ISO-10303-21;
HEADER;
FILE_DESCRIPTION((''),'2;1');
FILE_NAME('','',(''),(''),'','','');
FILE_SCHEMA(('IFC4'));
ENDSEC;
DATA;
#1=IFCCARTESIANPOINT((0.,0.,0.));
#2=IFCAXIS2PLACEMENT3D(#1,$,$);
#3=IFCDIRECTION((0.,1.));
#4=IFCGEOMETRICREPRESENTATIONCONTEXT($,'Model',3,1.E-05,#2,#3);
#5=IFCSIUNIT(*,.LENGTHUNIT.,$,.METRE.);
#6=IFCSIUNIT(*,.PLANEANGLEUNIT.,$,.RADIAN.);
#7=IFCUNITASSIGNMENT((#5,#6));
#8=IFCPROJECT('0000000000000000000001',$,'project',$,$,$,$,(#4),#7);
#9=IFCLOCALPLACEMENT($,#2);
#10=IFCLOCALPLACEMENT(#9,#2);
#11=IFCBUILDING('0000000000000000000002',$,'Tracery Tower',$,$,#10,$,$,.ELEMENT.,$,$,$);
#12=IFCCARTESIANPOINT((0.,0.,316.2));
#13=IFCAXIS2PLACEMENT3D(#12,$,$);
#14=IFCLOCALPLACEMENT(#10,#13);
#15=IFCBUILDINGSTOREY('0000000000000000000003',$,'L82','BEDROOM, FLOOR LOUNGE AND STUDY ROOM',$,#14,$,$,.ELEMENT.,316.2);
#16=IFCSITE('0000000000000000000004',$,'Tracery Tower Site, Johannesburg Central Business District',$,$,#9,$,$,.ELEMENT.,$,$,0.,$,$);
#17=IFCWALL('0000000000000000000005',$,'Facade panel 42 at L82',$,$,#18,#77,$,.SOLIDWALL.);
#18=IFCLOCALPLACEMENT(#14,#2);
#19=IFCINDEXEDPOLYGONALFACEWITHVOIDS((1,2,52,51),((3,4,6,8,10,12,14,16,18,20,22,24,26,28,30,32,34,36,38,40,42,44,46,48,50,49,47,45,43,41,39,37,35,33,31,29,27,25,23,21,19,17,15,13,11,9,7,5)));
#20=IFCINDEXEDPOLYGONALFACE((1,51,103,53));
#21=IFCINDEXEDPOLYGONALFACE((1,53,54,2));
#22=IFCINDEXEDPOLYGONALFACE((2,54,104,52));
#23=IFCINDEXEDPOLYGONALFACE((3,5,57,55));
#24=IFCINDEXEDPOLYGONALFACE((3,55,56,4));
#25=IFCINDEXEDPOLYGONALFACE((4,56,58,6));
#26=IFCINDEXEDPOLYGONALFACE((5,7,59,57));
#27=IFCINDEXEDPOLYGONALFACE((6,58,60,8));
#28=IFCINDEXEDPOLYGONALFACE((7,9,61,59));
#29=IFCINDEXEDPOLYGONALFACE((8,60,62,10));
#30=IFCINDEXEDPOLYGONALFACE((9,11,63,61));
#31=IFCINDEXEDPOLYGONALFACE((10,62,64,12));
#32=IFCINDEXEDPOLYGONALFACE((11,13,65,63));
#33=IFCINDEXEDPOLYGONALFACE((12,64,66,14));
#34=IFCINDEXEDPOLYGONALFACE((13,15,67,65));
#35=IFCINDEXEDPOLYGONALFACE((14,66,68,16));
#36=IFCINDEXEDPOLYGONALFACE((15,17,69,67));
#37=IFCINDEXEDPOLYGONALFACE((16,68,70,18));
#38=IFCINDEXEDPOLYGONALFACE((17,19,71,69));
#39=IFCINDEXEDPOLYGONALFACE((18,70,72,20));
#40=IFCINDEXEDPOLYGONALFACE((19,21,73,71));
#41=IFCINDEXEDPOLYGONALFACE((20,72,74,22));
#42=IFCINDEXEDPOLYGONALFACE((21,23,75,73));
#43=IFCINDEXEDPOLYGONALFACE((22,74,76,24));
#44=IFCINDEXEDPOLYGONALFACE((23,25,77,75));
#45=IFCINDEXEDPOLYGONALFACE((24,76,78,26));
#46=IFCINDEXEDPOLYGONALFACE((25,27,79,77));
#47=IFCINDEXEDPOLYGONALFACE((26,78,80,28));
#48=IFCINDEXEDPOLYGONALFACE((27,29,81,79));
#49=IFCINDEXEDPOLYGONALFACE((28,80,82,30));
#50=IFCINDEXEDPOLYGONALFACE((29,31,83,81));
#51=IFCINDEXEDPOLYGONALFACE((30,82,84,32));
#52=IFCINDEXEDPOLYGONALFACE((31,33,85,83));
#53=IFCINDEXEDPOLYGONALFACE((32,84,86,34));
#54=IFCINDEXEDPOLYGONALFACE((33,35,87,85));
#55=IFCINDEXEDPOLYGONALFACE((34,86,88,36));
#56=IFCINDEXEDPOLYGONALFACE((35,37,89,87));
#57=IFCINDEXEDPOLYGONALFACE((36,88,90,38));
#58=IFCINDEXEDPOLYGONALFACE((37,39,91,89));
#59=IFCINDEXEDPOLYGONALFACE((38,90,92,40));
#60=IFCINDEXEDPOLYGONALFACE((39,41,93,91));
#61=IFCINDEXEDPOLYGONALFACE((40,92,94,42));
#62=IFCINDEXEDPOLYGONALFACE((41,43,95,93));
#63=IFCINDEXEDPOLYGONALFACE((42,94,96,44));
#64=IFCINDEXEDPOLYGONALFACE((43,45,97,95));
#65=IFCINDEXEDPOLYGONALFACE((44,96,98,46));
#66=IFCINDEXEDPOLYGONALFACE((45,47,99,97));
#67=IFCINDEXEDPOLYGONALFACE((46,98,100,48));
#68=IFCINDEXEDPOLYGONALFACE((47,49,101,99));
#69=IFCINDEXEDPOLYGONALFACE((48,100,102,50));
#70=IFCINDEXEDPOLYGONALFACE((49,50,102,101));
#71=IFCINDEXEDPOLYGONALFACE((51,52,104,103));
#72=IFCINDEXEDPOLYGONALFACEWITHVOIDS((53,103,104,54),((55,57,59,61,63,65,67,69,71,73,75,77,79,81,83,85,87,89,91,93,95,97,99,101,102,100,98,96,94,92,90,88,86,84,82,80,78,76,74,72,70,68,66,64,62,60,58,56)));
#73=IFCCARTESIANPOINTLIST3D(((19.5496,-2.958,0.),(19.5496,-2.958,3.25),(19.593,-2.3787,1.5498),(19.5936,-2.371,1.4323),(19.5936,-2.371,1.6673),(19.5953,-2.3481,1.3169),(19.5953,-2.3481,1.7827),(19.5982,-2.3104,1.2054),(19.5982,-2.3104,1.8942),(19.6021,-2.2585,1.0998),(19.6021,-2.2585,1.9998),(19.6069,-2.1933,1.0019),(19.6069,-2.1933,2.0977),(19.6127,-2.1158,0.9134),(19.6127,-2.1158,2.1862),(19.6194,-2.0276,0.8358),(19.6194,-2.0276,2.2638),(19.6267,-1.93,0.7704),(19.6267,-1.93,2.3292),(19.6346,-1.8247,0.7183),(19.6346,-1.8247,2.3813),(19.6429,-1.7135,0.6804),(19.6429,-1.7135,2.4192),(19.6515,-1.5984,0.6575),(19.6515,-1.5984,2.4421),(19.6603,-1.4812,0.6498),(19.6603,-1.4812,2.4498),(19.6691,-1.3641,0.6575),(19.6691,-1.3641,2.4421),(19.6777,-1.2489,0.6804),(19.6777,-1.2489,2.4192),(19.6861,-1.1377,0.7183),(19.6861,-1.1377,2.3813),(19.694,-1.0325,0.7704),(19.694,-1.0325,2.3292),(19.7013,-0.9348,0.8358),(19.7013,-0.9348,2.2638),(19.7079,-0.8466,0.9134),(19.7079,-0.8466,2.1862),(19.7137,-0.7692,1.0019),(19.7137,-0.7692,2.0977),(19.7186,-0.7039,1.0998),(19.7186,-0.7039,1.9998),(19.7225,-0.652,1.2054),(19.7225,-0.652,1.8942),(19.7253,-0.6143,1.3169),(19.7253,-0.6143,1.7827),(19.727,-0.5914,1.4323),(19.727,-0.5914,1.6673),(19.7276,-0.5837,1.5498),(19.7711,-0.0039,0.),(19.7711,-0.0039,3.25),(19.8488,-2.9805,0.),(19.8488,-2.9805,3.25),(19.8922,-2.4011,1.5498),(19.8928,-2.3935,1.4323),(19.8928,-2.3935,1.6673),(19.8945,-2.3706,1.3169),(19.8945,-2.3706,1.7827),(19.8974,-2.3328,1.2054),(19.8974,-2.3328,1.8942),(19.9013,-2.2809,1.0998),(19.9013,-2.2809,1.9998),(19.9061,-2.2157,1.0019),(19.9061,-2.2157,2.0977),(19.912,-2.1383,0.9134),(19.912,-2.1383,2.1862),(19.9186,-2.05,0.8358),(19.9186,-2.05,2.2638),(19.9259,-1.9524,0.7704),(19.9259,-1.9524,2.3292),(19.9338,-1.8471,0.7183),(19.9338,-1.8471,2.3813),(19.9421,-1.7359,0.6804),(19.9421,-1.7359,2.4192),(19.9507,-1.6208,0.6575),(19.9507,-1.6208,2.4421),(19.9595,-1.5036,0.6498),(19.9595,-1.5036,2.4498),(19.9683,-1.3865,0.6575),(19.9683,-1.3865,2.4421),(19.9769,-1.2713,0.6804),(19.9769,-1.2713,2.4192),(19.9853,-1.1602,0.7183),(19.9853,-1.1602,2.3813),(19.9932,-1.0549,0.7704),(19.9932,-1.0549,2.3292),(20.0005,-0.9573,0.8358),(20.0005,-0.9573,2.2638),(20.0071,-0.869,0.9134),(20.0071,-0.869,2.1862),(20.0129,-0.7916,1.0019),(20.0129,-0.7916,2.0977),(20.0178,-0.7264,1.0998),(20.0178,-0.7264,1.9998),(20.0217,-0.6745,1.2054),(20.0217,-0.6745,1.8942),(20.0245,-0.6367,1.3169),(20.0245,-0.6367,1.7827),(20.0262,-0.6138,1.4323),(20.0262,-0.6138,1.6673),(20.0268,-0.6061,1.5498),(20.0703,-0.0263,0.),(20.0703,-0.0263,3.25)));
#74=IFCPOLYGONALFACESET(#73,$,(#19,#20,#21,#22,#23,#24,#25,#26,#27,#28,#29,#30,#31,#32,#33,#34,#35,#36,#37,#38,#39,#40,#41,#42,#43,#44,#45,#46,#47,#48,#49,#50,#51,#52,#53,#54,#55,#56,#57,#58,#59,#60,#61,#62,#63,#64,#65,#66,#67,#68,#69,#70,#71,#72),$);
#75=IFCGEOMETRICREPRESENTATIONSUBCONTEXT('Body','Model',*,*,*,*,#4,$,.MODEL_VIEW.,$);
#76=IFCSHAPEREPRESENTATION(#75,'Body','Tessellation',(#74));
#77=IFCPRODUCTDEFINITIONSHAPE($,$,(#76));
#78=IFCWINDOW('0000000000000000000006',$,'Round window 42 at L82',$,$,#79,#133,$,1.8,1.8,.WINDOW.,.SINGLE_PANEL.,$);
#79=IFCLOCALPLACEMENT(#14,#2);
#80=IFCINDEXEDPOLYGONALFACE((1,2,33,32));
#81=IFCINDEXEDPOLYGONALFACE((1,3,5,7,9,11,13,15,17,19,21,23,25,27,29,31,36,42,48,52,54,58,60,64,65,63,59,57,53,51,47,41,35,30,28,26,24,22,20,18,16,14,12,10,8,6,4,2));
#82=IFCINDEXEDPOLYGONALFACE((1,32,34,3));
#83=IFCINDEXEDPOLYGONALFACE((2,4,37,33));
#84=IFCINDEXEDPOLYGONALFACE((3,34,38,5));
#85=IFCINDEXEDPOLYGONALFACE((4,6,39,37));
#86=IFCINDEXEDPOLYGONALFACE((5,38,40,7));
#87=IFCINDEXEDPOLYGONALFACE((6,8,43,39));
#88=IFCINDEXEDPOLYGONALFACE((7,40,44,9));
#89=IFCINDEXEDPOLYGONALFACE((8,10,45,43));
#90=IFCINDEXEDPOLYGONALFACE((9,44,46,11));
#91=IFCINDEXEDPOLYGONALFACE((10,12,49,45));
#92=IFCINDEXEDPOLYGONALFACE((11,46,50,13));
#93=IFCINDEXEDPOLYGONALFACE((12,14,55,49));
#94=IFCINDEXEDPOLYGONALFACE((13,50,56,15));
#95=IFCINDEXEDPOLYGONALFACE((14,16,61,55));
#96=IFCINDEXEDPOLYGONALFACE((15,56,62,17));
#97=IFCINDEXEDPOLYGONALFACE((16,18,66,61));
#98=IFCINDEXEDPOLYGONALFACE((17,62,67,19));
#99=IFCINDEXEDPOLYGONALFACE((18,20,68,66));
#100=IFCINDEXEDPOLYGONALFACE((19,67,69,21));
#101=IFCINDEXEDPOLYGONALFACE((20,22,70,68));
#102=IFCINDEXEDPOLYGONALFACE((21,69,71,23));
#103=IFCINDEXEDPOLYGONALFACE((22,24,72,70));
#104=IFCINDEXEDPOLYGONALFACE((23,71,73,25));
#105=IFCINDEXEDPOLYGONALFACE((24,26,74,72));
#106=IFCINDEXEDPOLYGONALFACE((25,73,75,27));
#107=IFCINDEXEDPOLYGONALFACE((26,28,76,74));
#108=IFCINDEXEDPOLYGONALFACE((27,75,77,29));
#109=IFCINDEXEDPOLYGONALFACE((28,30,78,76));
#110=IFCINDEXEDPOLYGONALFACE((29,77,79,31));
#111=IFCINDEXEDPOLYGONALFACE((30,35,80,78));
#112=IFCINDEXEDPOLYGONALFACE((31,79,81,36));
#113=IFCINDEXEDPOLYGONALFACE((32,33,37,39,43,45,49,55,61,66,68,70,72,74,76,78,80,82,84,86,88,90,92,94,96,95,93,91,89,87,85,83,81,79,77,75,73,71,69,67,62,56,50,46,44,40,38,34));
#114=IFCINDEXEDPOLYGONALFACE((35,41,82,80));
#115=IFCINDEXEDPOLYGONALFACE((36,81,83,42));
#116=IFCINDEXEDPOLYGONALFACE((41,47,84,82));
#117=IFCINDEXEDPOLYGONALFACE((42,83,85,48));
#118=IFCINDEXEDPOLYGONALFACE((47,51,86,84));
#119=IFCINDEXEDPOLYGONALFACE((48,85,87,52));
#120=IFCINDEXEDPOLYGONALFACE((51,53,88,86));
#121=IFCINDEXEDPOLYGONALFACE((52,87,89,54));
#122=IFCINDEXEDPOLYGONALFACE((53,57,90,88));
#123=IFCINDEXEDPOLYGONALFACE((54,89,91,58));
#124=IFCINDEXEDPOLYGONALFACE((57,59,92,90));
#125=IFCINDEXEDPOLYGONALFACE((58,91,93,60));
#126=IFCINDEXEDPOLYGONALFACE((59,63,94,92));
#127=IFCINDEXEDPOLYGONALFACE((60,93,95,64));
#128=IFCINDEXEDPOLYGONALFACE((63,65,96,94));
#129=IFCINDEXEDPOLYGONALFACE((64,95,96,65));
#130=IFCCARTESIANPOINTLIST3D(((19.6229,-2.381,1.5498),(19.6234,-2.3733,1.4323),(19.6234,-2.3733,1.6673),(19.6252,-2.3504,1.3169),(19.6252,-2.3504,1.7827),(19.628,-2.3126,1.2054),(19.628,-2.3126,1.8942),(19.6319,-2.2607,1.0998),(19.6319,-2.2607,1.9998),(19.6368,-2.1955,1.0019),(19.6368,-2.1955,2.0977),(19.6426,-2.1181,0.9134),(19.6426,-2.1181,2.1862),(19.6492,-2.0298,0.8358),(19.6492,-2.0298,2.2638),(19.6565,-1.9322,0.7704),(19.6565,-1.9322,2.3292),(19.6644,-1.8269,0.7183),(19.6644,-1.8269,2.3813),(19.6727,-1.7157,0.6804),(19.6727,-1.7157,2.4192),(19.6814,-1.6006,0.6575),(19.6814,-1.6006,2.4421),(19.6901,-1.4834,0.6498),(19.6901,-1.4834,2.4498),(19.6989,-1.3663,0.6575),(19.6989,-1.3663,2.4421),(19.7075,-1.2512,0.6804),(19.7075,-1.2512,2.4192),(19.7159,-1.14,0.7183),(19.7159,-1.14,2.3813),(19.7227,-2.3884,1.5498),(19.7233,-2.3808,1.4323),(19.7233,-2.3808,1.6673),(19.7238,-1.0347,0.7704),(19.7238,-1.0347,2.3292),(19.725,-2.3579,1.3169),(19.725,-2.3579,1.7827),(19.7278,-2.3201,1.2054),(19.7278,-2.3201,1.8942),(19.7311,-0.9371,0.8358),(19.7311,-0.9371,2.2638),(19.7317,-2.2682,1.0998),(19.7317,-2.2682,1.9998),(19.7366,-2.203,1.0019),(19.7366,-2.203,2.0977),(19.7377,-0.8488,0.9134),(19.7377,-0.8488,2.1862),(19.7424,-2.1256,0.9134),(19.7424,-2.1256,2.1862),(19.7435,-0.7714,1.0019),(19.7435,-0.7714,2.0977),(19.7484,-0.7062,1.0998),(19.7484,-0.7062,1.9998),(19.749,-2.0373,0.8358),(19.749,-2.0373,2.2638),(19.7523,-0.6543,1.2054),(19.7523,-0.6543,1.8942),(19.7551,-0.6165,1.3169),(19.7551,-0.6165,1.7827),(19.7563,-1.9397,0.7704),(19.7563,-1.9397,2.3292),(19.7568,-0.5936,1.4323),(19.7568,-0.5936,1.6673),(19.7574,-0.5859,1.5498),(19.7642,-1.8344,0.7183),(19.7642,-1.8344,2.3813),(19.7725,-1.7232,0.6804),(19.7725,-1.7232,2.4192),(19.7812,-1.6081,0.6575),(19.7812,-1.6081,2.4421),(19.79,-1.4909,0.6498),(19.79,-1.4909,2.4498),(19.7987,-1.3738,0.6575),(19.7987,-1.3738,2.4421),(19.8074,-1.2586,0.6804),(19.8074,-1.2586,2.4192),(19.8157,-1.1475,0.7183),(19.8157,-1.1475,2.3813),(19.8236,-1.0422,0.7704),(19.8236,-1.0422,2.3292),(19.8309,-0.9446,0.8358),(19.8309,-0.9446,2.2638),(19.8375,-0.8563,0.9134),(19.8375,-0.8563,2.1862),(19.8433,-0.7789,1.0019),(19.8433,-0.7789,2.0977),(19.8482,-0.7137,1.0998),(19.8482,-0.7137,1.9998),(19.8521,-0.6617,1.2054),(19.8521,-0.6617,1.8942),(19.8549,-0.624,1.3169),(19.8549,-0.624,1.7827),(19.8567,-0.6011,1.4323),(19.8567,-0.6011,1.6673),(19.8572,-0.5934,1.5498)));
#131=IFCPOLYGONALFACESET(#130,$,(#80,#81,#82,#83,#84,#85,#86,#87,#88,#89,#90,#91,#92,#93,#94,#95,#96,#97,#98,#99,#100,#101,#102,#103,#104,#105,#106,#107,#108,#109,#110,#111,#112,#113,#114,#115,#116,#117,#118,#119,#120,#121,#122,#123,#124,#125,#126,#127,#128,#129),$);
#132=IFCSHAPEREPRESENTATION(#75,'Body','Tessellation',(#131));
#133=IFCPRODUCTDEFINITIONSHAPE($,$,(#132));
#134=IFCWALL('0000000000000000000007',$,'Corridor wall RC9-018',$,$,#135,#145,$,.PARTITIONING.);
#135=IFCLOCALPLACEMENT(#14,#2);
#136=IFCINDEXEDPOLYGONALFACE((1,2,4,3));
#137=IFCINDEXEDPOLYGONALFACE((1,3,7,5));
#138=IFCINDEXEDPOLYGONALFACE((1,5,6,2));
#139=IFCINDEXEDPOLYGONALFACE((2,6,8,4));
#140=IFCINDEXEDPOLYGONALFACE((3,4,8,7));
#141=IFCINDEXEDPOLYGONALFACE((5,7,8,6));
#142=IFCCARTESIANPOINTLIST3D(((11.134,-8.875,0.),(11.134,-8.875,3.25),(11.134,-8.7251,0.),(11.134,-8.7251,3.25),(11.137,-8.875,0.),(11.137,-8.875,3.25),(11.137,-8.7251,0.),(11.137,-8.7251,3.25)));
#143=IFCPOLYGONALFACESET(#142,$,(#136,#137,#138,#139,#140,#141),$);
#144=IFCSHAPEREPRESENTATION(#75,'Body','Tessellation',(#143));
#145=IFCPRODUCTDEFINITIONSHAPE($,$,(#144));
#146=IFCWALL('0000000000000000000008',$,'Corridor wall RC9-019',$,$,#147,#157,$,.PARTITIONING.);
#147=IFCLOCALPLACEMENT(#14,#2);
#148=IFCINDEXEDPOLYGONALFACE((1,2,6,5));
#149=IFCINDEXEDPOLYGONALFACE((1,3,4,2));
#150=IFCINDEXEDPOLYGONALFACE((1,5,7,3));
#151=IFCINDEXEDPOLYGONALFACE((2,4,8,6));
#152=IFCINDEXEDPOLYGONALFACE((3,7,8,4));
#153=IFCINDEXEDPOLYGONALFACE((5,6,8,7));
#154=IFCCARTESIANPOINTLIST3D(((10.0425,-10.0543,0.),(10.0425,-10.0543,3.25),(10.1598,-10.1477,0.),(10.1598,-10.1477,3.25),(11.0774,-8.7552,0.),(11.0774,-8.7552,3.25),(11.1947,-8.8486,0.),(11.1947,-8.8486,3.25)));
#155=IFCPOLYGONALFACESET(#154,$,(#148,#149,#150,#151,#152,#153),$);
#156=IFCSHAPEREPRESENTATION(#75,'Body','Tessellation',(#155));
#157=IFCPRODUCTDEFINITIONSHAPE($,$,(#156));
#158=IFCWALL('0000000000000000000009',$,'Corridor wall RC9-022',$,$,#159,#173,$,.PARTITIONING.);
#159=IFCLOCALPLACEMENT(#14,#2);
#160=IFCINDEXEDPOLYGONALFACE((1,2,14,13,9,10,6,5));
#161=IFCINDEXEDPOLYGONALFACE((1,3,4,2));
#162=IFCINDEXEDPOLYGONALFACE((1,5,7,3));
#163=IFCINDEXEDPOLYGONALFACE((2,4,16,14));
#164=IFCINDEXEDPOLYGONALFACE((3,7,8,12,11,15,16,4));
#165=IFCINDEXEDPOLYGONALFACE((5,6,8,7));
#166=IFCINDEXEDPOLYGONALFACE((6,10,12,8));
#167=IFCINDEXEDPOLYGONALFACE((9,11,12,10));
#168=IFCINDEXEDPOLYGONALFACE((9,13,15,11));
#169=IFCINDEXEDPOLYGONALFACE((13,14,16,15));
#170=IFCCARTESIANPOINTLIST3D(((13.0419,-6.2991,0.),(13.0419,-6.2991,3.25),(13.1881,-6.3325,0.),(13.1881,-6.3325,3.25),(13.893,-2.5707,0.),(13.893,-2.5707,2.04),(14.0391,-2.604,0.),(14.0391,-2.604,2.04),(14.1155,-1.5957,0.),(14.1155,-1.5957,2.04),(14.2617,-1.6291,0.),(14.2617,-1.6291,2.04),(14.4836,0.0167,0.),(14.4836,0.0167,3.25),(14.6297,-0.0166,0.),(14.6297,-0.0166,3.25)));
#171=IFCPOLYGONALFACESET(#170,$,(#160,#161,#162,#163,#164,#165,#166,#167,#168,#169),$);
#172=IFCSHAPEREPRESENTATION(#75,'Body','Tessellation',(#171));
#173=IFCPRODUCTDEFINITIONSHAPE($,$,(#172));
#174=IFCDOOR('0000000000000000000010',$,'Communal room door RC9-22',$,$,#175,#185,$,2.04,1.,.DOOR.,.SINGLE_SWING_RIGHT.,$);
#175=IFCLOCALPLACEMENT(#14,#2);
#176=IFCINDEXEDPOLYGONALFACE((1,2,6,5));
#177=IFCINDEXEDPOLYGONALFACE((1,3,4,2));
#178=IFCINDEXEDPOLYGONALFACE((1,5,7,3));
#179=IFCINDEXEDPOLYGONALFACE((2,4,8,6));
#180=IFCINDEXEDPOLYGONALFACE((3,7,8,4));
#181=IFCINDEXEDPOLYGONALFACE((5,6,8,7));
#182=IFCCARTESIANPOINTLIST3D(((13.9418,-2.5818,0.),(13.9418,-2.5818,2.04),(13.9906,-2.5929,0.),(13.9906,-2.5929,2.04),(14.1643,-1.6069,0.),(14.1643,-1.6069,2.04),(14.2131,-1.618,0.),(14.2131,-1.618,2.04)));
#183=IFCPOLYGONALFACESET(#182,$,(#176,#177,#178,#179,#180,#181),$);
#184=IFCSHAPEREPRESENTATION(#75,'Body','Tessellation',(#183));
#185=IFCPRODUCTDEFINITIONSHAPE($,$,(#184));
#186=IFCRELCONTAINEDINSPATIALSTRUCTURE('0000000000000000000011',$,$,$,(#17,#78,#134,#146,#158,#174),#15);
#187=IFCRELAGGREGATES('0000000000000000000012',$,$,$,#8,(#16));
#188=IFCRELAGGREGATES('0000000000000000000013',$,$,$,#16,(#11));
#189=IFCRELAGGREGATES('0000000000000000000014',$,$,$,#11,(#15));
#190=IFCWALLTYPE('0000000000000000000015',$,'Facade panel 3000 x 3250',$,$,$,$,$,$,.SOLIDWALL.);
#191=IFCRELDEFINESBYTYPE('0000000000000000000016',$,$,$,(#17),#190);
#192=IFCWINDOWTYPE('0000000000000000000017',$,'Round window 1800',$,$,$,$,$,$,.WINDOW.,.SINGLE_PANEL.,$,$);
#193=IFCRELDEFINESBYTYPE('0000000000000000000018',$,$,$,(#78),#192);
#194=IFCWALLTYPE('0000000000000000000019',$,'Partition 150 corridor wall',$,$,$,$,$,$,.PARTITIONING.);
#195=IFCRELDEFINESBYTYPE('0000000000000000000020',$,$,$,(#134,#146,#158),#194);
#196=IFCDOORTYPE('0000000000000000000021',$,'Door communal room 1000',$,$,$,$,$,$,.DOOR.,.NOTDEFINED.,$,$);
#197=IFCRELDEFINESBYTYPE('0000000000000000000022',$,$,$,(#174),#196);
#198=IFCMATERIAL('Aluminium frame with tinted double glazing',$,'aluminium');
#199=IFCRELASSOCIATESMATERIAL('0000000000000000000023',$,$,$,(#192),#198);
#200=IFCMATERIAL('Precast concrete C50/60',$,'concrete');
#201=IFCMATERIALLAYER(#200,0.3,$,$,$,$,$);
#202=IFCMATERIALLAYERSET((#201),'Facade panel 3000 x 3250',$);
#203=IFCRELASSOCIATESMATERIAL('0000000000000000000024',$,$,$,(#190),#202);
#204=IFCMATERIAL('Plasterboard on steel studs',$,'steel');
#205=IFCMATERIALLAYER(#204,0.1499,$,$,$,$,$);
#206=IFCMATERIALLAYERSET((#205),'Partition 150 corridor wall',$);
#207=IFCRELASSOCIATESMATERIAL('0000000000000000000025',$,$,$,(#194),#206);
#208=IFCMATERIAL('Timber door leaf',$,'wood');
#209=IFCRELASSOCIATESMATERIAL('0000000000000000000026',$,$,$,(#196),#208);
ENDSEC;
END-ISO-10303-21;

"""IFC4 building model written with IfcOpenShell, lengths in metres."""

from ifc_helpers import new_model, si_unit, direction, frame, frame_2d, origin, origin_2d, place, context, subcontext, project, spatial, rectangle, circle, extrude, material, layer, layer_set, type_object, element, fill, save


model = new_model("IFC4")

# Units and contexts
model_context = context("Model", 3, precision=1e-05, world=origin(), true_north=direction((0.0, 1.0)))
body_context = subcontext(model_context, "Body", "Model", "MODEL_VIEW")
ifc_project = project(units=[si_unit("LENGTHUNIT", "METRE"), si_unit("PLANEANGLEUNIT", "RADIAN")], contexts=[model_context])

# Site, building, storey
site_placement = place(None, origin())
site = spatial("IfcSite", under=ifc_project, at=site_placement, Name="Tracery Tower Site, Johannesburg Central Business District", CompositionType="ELEMENT", RefElevation=0.0)
building_placement = place(site_placement, origin())
building = spatial("IfcBuilding", under=site, at=building_placement, Name="Tracery Tower", CompositionType="ELEMENT")
storey_placement = place(building_placement, frame((0.0, 0.0, 316.2)))
storey = spatial("IfcBuildingStorey", under=building, at=storey_placement, Name="L82", Description="BEDROOM, FLOOR LOUNGE AND STUDY ROOM", CompositionType="ELEMENT", Elevation=316.2)

# Wall, opening, window
ifc_material_1 = material(Name="Aluminium frame with tinted double glazing", Category="aluminium")
window_type = type_object("IfcWindowType", Name="Round window 1800", PartitioningType="SINGLE_PANEL", PredefinedType="WINDOW", material=ifc_material_1)
ifc_material_2 = material(Name="Precast concrete C50/60", Category="concrete")
ifc_layer_1 = layer(ifc_material_2, 0.3)
ifc_layer_set_1 = layer_set([ifc_layer_1], Name="Facade panel 3000 x 3250")
wall_type_1 = type_object("IfcWallType", Name="Facade panel 3000 x 3250", PredefinedType="SOLIDWALL", material=ifc_layer_set_1)
wall_1_placement = place(storey_placement, frame((19.6992, -2.9692, 0.0), z_axis=(0.0, 0.0, 1.0), x_axis=(0.074749, 0.997202, 0.0)))
wall_1 = element("IfcWall", 1, at=wall_1_placement, inside=storey, type_object=wall_type_1, Name="Facade panel 42 at L82", PredefinedType="SOLIDWALL", context=body_context, shape_type="SweptSolid", body=[
    extrude(rectangle(XDim=2.9624, YDim=0.3, at=frame_2d((1.4812, 0.0))), origin(), (0.0, 0.0, 1.0), 3.25),
])
opening_1_placement = place(wall_1_placement, frame((1.481, 0.0, 1.5498)))
opening_1 = element("IfcOpeningElement", 2, at=opening_1_placement, cuts=wall_1, PredefinedType="OPENING", context=body_context, shape_type="SweptSolid", body=[
    extrude(circle(Radius=0.9, at=origin_2d()), frame((0.0, 0.1599, 0.0), z_axis=(0.0, -1.0, 0.0), x_axis=(1.0, 0.0, 0.0)), (0.0, 0.0, 1.0), 0.3201),
])
window_1_placement = place(opening_1_placement, origin())
window_1 = element("IfcWindow", 3, at=window_1_placement, inside=storey, type_object=window_type, Name="Round window 42 at L82", OverallHeight=1.8, OverallWidth=1.8, PartitioningType="SINGLE_PANEL", PredefinedType="WINDOW", context=body_context, shape_type="SweptSolid", body=[
    extrude(circle(Radius=0.9, at=origin_2d()), frame((0.0, 0.1201, 0.0), z_axis=(0.0, -1.0, 0.0), x_axis=(1.0, 0.0, 0.0)), (0.0, 0.0, 1.0), 0.1001),
])
fill(opening_1, window_1)

# Walls
ifc_material_3 = material(Name="Plasterboard on steel studs", Category="steel")
ifc_layer_2 = layer(ifc_material_3, 0.1499)
ifc_layer_set_2 = layer_set([ifc_layer_2], Name="Partition 150 corridor wall")
wall_type_2 = type_object("IfcWallType", Name="Partition 150 corridor wall", PredefinedType="PARTITIONING", material=ifc_layer_set_2)
wall_2_placement = place(storey_placement, frame((11.137, -8.8, 0.0), z_axis=(0.0, 0.0, 1.0), x_axis=(-1.0, 0.0, 0.0)))
element("IfcWall", 4, at=wall_2_placement, inside=storey, type_object=wall_type_2, Name="Corridor wall RC9-018", PredefinedType="PARTITIONING", context=body_context, shape_type="SweptSolid", body=[
    extrude(rectangle(XDim=0.0029, YDim=0.1499, at=frame_2d((0.0015, 0.0))), origin(), (0.0, 0.0, 1.0), 3.25),
])
wall_3_placement = place(storey_placement, frame((10.1011, -10.1011, 0.0), z_axis=(0.0, 0.0, 1.0), x_axis=(0.623098, 0.782143, 0.0)))
element("IfcWall", 5, at=wall_3_placement, inside=storey, type_object=wall_type_2, Name="Corridor wall RC9-019", PredefinedType="PARTITIONING", context=body_context, shape_type="SweptSolid", body=[
    extrude(rectangle(XDim=1.6609, YDim=0.1499, at=frame_2d((0.8306, 0.0))), origin(), (0.0, 0.0, 1.0), 3.25),
])

# Wall, opening, door
wall_4_placement = place(storey_placement, frame((13.115, -6.3159, 0.0), z_axis=(0.0, 0.0, 1.0), x_axis=(0.222533, 0.974925, 0.0)))
wall_4 = element("IfcWall", 6, at=wall_4_placement, inside=storey, type_object=wall_type_2, Name="Corridor wall RC9-022", PredefinedType="PARTITIONING", context=body_context, shape_type="SweptSolid", body=[
    extrude(rectangle(XDim=6.4783, YDim=0.1499, at=frame_2d((3.2393, 0.0))), origin(), (0.0, 0.0, 1.0), 3.25),
])
opening_2_placement = place(wall_4_placement, frame((3.8245, 0.0, 0.0)))
opening_2 = element("IfcOpeningElement", 7, at=opening_2_placement, cuts=wall_4, PredefinedType="OPENING", context=body_context, shape_type="SweptSolid", body=[
    extrude(rectangle(XDim=1.0, YDim=2.04, at=frame_2d((0.5, 1.02))), frame((0.0, 0.075, 0.0), z_axis=(0.0, -1.0, 0.0), x_axis=(1.0, 0.0, 0.0)), (0.0, 0.0, 1.0), 0.1499),
])
ifc_material_4 = material(Name="Timber door leaf", Category="wood")
door_type_1 = type_object("IfcDoorType", Name="Door communal room 1000", OperationType="NOTDEFINED", PredefinedType="DOOR", material=ifc_material_4)
door_1_placement = place(opening_2_placement, origin())
door_1 = element("IfcDoor", 8, at=door_1_placement, inside=storey, type_object=door_type_1, Name="Communal room door RC9-22", OperationType="SINGLE_SWING_RIGHT", OverallHeight=2.04, OverallWidth=1.0, PredefinedType="DOOR", context=body_context, shape_type="SweptSolid", body=[
    extrude(rectangle(XDim=1.0, YDim=2.04, at=frame_2d((0.5, 1.02))), frame((0.0, 0.0249, 0.0), z_axis=(0.0, -1.0, 0.0), x_axis=(1.0, 0.0, 0.0)), (0.0, 0.0, 1.0), 0.05),
])
fill(opening_2, door_1)

save(model, "model.ifc")
